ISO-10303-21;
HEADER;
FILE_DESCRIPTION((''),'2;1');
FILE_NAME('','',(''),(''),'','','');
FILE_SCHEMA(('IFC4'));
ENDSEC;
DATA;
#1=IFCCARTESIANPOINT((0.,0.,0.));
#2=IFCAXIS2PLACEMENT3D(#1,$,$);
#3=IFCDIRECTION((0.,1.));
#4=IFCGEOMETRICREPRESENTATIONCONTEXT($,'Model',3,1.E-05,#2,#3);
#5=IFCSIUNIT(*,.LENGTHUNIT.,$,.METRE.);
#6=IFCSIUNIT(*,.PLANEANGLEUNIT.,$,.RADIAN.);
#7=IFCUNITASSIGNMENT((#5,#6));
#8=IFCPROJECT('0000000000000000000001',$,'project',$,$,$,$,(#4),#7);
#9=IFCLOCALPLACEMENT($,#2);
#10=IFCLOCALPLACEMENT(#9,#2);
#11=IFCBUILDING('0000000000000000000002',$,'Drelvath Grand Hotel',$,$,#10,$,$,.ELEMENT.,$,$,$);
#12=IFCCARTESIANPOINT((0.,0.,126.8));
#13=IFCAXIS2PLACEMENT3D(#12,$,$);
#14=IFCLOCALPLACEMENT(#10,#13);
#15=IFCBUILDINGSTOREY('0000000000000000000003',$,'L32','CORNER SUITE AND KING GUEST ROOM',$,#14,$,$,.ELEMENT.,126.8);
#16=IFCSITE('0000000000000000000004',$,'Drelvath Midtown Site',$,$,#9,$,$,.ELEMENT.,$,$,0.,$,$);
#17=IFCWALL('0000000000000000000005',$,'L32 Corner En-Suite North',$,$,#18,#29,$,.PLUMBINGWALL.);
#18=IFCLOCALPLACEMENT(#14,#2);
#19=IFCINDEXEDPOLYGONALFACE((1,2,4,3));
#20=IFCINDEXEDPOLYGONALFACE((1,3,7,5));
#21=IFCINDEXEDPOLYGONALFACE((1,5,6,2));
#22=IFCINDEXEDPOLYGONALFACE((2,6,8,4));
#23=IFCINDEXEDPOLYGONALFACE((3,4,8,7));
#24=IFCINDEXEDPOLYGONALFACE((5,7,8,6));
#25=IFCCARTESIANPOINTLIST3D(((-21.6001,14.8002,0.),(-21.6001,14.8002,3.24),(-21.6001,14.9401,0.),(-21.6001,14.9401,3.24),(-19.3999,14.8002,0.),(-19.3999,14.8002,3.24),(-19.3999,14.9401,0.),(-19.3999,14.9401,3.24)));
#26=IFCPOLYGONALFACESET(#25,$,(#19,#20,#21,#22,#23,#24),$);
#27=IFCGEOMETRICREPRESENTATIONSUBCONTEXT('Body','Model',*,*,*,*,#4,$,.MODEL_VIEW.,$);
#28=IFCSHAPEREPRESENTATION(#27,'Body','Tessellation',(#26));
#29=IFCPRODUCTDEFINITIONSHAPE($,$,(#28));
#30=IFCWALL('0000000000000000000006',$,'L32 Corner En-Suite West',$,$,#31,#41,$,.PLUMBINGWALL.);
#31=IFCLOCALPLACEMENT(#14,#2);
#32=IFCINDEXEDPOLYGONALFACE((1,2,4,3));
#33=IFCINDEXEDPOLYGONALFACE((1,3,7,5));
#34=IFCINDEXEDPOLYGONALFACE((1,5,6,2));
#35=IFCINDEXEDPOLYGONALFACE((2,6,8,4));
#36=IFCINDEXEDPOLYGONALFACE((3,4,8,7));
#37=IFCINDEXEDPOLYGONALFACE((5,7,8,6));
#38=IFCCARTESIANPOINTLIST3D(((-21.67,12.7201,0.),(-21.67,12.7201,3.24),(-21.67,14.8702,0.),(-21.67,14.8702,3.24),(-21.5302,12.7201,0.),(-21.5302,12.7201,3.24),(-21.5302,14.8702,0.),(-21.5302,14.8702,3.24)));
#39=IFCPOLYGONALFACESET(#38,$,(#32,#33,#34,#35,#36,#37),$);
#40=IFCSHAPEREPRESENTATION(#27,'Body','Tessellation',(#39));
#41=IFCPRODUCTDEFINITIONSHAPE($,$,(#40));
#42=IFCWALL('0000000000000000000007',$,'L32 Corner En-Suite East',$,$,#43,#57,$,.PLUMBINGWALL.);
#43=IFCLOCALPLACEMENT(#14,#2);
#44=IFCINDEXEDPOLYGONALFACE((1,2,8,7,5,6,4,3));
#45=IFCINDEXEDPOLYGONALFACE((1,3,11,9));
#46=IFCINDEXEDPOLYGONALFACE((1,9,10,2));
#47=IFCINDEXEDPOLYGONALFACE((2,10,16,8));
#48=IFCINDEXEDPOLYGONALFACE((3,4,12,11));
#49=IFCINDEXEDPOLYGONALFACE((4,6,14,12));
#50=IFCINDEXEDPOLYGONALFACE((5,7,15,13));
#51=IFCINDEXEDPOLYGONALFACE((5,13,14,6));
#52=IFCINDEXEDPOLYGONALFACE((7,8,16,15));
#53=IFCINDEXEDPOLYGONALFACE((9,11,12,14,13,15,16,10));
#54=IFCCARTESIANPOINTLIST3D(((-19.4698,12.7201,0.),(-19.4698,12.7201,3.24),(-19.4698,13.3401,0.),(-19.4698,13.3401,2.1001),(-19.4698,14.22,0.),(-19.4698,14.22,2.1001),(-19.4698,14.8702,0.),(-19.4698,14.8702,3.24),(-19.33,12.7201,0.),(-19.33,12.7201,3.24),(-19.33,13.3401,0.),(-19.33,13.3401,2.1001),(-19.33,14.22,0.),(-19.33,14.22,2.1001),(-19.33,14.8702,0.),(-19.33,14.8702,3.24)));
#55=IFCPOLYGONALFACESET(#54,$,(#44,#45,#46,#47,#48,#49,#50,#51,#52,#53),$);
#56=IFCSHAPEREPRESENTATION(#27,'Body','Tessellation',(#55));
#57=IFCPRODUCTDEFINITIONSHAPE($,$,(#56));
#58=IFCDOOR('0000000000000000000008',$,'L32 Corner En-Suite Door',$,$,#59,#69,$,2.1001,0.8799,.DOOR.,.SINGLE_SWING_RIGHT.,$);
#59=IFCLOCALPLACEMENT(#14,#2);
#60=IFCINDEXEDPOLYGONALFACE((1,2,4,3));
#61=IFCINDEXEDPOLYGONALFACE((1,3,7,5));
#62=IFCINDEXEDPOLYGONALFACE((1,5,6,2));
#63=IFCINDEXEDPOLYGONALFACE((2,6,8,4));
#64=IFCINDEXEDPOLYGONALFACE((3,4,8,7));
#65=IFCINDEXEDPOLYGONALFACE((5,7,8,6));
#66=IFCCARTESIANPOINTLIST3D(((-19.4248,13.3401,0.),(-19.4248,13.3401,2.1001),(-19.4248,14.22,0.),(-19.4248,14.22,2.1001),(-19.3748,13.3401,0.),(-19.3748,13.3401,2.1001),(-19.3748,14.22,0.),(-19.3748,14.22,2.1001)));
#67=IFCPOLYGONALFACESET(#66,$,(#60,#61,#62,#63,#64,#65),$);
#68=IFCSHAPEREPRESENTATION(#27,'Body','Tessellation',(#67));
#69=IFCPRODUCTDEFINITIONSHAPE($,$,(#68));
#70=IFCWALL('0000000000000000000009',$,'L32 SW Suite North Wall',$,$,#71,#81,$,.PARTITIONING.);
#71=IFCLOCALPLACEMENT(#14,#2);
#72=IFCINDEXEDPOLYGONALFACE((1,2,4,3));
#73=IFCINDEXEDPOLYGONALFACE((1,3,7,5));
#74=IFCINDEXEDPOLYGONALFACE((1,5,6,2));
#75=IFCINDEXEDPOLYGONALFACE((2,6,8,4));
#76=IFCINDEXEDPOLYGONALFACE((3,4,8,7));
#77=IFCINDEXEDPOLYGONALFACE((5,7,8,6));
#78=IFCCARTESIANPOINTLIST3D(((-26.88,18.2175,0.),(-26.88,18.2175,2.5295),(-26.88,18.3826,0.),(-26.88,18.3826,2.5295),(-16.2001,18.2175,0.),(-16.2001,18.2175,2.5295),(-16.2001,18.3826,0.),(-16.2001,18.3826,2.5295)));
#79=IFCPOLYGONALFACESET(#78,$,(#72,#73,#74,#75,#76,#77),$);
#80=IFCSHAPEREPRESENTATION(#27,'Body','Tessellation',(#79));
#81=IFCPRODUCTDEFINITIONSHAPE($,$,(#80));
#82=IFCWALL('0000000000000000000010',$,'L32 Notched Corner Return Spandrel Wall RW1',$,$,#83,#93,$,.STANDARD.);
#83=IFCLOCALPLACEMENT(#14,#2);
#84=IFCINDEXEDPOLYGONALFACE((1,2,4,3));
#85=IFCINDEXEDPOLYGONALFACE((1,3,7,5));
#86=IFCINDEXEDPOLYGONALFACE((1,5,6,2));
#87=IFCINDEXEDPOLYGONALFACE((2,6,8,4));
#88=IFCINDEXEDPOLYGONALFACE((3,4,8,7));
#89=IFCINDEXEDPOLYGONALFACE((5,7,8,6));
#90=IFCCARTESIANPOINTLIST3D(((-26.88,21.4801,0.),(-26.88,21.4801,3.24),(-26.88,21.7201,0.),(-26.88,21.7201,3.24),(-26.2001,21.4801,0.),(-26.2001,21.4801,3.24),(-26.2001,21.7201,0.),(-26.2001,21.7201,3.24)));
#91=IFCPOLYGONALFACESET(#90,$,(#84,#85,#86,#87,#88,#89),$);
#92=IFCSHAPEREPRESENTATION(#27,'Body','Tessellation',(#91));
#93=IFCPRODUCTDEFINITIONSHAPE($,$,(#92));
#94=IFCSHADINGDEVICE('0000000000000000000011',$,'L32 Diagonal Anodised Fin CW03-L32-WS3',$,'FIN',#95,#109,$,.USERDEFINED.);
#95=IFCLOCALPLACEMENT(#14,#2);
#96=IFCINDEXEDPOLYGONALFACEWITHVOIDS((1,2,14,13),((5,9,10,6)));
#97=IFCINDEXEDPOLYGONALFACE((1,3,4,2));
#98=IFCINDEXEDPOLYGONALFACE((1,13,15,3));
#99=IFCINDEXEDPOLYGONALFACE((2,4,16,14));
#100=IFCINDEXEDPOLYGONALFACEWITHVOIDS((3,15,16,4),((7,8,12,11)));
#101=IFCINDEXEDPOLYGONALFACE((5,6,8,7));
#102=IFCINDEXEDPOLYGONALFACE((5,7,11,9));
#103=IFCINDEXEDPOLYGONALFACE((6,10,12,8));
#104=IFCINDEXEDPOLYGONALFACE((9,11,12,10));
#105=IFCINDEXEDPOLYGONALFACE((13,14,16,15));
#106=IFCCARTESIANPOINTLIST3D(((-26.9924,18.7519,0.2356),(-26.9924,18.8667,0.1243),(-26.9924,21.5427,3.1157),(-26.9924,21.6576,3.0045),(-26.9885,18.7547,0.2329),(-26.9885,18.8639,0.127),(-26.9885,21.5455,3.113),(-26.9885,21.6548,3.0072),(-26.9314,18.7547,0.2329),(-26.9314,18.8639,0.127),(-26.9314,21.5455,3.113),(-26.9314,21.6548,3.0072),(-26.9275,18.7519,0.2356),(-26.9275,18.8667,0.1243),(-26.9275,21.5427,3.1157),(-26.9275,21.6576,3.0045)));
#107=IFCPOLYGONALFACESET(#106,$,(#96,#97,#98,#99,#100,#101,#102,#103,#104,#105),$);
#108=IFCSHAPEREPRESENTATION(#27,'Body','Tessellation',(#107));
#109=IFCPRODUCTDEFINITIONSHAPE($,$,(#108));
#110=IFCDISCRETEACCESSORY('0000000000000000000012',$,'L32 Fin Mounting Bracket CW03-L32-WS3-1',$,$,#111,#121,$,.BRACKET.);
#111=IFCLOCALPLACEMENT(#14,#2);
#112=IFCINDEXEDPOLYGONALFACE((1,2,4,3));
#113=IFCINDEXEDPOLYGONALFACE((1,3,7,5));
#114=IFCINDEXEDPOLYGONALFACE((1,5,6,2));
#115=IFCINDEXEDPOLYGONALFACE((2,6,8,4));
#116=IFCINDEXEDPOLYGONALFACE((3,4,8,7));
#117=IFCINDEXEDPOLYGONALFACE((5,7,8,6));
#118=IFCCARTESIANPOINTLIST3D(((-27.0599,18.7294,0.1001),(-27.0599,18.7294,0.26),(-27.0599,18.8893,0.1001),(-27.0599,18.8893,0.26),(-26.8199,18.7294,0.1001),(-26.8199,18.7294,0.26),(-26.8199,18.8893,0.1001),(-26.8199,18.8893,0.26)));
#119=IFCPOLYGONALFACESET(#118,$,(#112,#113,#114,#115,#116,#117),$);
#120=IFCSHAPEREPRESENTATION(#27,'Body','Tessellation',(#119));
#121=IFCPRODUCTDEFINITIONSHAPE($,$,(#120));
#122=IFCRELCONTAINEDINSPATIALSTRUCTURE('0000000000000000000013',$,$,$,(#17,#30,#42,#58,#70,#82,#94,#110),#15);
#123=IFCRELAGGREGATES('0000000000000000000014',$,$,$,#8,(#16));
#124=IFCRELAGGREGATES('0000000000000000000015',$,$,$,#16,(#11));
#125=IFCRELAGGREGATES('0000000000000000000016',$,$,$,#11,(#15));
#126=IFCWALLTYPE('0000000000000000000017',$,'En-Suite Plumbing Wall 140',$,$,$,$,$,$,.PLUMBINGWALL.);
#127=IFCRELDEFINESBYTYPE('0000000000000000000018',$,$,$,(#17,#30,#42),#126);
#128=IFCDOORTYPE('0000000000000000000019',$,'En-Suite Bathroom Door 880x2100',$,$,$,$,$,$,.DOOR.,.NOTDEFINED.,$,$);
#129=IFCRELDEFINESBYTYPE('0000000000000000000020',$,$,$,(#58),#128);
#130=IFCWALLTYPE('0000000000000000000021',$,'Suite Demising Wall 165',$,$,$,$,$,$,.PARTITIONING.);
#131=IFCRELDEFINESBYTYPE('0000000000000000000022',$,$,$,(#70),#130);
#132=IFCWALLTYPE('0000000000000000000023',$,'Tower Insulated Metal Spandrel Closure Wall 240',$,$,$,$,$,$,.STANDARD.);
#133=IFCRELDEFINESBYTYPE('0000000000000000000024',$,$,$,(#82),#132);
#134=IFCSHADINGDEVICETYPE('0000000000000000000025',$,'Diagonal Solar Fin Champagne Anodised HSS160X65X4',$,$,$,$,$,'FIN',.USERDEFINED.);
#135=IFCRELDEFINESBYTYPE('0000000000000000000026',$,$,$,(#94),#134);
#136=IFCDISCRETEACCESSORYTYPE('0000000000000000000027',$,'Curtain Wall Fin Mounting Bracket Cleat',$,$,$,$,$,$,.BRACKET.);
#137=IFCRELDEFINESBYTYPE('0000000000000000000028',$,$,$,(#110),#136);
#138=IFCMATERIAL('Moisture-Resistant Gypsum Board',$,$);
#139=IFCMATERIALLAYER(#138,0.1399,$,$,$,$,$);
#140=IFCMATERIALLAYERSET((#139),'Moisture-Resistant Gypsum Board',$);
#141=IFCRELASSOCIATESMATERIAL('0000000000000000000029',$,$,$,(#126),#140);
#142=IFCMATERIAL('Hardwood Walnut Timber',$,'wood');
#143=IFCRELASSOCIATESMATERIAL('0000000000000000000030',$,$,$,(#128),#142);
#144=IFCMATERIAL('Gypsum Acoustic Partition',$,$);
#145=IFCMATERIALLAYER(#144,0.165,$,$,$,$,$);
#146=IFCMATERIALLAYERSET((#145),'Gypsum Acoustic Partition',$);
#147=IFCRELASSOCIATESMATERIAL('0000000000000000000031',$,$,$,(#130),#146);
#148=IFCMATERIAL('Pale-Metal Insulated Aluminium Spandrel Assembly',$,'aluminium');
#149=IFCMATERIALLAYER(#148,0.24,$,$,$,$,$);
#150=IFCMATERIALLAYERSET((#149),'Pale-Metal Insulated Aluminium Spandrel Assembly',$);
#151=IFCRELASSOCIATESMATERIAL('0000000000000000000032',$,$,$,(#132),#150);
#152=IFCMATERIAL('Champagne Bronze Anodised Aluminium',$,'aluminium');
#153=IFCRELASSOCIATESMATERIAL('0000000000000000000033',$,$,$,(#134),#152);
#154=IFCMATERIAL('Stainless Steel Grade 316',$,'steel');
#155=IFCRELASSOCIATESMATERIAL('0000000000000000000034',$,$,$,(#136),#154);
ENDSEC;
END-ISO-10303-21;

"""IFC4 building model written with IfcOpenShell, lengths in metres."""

from ifc_helpers import new_model, si_unit, direction, frame, frame_2d, origin, origin_2d, place, context, subcontext, project, spatial, rectangle, hollow_rectangle, extrude, material, layer, layer_set, material_profile, profile_set, type_object, element, fill, save


model = new_model("IFC4")

# Units and contexts
model_context = context("Model", 3, precision=1e-05, world=origin(), true_north=direction((0.0, 1.0)))
body_context = subcontext(model_context, "Body", "Model", "MODEL_VIEW")
ifc_project = project(units=[si_unit("LENGTHUNIT", "METRE"), si_unit("PLANEANGLEUNIT", "RADIAN")], contexts=[model_context])

# Site, building, storey
site_placement = place(None, origin())
site = spatial("IfcSite", under=ifc_project, at=site_placement, Name="Drelvath Midtown Site", CompositionType="ELEMENT", RefElevation=0.0)
building_placement = place(site_placement, origin())
building = spatial("IfcBuilding", under=site, at=building_placement, Name="Drelvath Grand Hotel", CompositionType="ELEMENT")
storey_placement = place(building_placement, frame((0.0, 0.0, 126.8)))
storey = spatial("IfcBuildingStorey", under=building, at=storey_placement, Name="L32", Description="CORNER SUITE AND KING GUEST ROOM", CompositionType="ELEMENT", Elevation=126.8)

# Walls
ifc_material_1 = material(Name="Moisture-Resistant Gypsum Board")
ifc_layer_1 = layer(ifc_material_1, 0.1399)
ifc_layer_set_1 = layer_set([ifc_layer_1], Name="Moisture-Resistant Gypsum Board")
wall_type_1 = type_object("IfcWallType", Name="En-Suite Plumbing Wall 140", PredefinedType="PLUMBINGWALL", material=ifc_layer_set_1)
for number, where, z_axis, x_axis, name in (
    (1, (-21.6001, 14.8701, 0.0), (0.0, 0.0, 1.0), (1.0, 0.0, 0.0), "L32 Corner En-Suite North"),
):
    element("IfcWall", number, at=place(storey_placement, frame(where, z_axis=z_axis, x_axis=x_axis)), inside=storey, type_object=wall_type_1, Name=name, PredefinedType="PLUMBINGWALL", context=body_context, shape_type="SweptSolid", body=[
        extrude(rectangle(XDim=2.2002, YDim=0.1399, at=frame_2d((1.1001, 0.0))), origin(), (0.0, 0.0, 1.0), 3.24),
    ])
wall_1_placement = place(storey_placement, frame((-21.6001, 12.72, 0.0), z_axis=(0.0, 0.0, 1.0), x_axis=(0.0, 1.0, 0.0)))
element("IfcWall", 2, at=wall_1_placement, inside=storey, type_object=wall_type_1, Name="L32 Corner En-Suite West", PredefinedType="PLUMBINGWALL", context=body_context, shape_type="SweptSolid", body=[
    extrude(rectangle(XDim=2.1501, YDim=0.1399, at=frame_2d((1.0752, 0.0))), origin(), (0.0, 0.0, 1.0), 3.24),
])

# Wall, opening, door
wall_2_placement = place(storey_placement, frame((-19.3999, 12.72, 0.0), z_axis=(0.0, 0.0, 1.0), x_axis=(0.0, 1.0, 0.0)))
wall_2 = element("IfcWall", 3, at=wall_2_placement, inside=storey, type_object=wall_type_1, Name="L32 Corner En-Suite East", PredefinedType="PLUMBINGWALL", context=body_context, shape_type="SweptSolid", body=[
    extrude(rectangle(XDim=2.1501, YDim=0.1399, at=frame_2d((1.0752, 0.0))), origin(), (0.0, 0.0, 1.0), 3.24),
])
opening_placement = place(wall_2_placement, frame((0.6201, 0.0, 0.0)))
opening = element("IfcOpeningElement", 4, at=opening_placement, cuts=wall_2, PredefinedType="OPENING", context=body_context, shape_type="SweptSolid", body=[
    extrude(rectangle(XDim=0.8799, YDim=2.1001, at=frame_2d((0.4399, 1.05))), frame((0.0, 0.0798, 0.0), z_axis=(0.0, -1.0, 0.0), x_axis=(1.0, 0.0, 0.0)), (0.0, 0.0, 1.0), 0.1599),
])
ifc_material_2 = material(Name="Hardwood Walnut Timber", Category="wood")
door_type = type_object("IfcDoorType", Name="En-Suite Bathroom Door 880x2100", OperationType="NOTDEFINED", PredefinedType="DOOR", material=ifc_material_2)
door_placement = place(opening_placement, origin())
door = element("IfcDoor", 5, at=door_placement, inside=storey, type_object=door_type, Name="L32 Corner En-Suite Door", OperationType="SINGLE_SWING_RIGHT", OverallHeight=2.1001, OverallWidth=0.8799, PredefinedType="DOOR", context=body_context, shape_type="SweptSolid", body=[
    extrude(rectangle(XDim=0.8799, YDim=2.1001, at=frame_2d((0.4399, 1.05))), frame((0.0, 0.0249, 0.0), z_axis=(0.0, -1.0, 0.0), x_axis=(1.0, 0.0, 0.0)), (0.0, 0.0, 1.0), 0.05),
])
fill(opening, door)

# Walls
ifc_material_3 = material(Name="Gypsum Acoustic Partition")
ifc_layer_2 = layer(ifc_material_3, 0.165)
ifc_layer_set_2 = layer_set([ifc_layer_2], Name="Gypsum Acoustic Partition")
wall_type_2 = type_object("IfcWallType", Name="Suite Demising Wall 165", PredefinedType="PARTITIONING", material=ifc_layer_set_2)
wall_3_placement = place(storey_placement, frame((-26.8799, 18.3, 0.0), z_axis=(0.0, 0.0, 1.0), x_axis=(1.0, 0.0, 0.0)))
element("IfcWall", 6, at=wall_3_placement, inside=storey, type_object=wall_type_2, Name="L32 SW Suite North Wall", PredefinedType="PARTITIONING", context=body_context, shape_type="SweptSolid", body=[
    extrude(rectangle(XDim=10.6799, YDim=0.165, at=frame_2d((5.3398, 0.0))), origin(), (0.0, 0.0, 1.0), 2.5295),
])
ifc_material_4 = material(Name="Pale-Metal Insulated Aluminium Spandrel Assembly", Category="aluminium")
ifc_layer_3 = layer(ifc_material_4, 0.24)
ifc_layer_set_3 = layer_set([ifc_layer_3], Name="Pale-Metal Insulated Aluminium Spandrel Assembly")
wall_type_3 = type_object("IfcWallType", Name="Tower Insulated Metal Spandrel Closure Wall 240", PredefinedType="STANDARD", material=ifc_layer_set_3)
wall_4_placement = place(storey_placement, frame((-26.8799, 21.6001, 0.0), z_axis=(0.0, 0.0, 1.0), x_axis=(1.0, 0.0, 0.0)))
element("IfcWall", 7, at=wall_4_placement, inside=storey, type_object=wall_type_3, Name="L32 Notched Corner Return Spandrel Wall RW1", PredefinedType="STANDARD", context=body_context, shape_type="SweptSolid", body=[
    extrude(rectangle(XDim=0.6799, YDim=0.24, at=frame_2d((0.3398, 0.0))), origin(), (0.0, 0.0, 1.0), 3.24),
])

# Shading device
ifc_material_5 = material(Name="Champagne Bronze Anodised Aluminium", Category="aluminium")
ifc_material_profile_1 = material_profile(ifc_material_5, hollow_rectangle(XDim=0.0649, YDim=0.1599, WallThickness=0.0039, at=origin_2d()), Name="HSS160X65X4")
ifc_profile_set_1 = profile_set([ifc_material_profile_1], Name="Champagne Bronze Anodised Aluminium")
shading_device_type = type_object("IfcShadingDeviceType", Name="Diagonal Solar Fin Champagne Anodised HSS160X65X4", ElementType="FIN", PredefinedType="USERDEFINED", material=ifc_profile_set_1)
shading_device_placement = place(storey_placement, frame((-26.96, 18.8093, 0.1799), z_axis=(0.0, 0.695879, 0.718159), x_axis=(-1.0, 0.0, 0.0)))
element("IfcShadingDevice", 8, at=shading_device_placement, inside=storey, type_object=shading_device_type, Name="L32 Diagonal Anodised Fin CW03-L32-WS3", ObjectType="FIN", PredefinedType="USERDEFINED", context=body_context, shape_type="SweptSolid", body=[
    extrude(hollow_rectangle(XDim=0.0649, YDim=0.1599, WallThickness=0.0039, at=origin_2d()), origin(), (0.0, 0.0, 1.0), 4.0105),
])

# Discrete accessory
ifc_material_6 = material(Name="Stainless Steel Grade 316", Category="steel")
discrete_accessory_type = type_object("IfcDiscreteAccessoryType", Name="Curtain Wall Fin Mounting Bracket Cleat", PredefinedType="BRACKET", material=ifc_material_6)
discrete_accessory_placement = place(storey_placement, frame((-26.9399, 18.8093, 0.1001), z_axis=(0.0, 0.0, 1.0), x_axis=(0.0, 1.0, 0.0)))
element("IfcDiscreteAccessory", 9, at=discrete_accessory_placement, inside=storey, type_object=discrete_accessory_type, Name="L32 Fin Mounting Bracket CW03-L32-WS3-1", PredefinedType="BRACKET", context=body_context, shape_type="SweptSolid", body=[
    extrude(rectangle(XDim=0.1599, YDim=0.24, at=origin_2d()), origin(), (0.0, 0.0, 1.0), 0.1599),
])

save(model, "model.ifc")
